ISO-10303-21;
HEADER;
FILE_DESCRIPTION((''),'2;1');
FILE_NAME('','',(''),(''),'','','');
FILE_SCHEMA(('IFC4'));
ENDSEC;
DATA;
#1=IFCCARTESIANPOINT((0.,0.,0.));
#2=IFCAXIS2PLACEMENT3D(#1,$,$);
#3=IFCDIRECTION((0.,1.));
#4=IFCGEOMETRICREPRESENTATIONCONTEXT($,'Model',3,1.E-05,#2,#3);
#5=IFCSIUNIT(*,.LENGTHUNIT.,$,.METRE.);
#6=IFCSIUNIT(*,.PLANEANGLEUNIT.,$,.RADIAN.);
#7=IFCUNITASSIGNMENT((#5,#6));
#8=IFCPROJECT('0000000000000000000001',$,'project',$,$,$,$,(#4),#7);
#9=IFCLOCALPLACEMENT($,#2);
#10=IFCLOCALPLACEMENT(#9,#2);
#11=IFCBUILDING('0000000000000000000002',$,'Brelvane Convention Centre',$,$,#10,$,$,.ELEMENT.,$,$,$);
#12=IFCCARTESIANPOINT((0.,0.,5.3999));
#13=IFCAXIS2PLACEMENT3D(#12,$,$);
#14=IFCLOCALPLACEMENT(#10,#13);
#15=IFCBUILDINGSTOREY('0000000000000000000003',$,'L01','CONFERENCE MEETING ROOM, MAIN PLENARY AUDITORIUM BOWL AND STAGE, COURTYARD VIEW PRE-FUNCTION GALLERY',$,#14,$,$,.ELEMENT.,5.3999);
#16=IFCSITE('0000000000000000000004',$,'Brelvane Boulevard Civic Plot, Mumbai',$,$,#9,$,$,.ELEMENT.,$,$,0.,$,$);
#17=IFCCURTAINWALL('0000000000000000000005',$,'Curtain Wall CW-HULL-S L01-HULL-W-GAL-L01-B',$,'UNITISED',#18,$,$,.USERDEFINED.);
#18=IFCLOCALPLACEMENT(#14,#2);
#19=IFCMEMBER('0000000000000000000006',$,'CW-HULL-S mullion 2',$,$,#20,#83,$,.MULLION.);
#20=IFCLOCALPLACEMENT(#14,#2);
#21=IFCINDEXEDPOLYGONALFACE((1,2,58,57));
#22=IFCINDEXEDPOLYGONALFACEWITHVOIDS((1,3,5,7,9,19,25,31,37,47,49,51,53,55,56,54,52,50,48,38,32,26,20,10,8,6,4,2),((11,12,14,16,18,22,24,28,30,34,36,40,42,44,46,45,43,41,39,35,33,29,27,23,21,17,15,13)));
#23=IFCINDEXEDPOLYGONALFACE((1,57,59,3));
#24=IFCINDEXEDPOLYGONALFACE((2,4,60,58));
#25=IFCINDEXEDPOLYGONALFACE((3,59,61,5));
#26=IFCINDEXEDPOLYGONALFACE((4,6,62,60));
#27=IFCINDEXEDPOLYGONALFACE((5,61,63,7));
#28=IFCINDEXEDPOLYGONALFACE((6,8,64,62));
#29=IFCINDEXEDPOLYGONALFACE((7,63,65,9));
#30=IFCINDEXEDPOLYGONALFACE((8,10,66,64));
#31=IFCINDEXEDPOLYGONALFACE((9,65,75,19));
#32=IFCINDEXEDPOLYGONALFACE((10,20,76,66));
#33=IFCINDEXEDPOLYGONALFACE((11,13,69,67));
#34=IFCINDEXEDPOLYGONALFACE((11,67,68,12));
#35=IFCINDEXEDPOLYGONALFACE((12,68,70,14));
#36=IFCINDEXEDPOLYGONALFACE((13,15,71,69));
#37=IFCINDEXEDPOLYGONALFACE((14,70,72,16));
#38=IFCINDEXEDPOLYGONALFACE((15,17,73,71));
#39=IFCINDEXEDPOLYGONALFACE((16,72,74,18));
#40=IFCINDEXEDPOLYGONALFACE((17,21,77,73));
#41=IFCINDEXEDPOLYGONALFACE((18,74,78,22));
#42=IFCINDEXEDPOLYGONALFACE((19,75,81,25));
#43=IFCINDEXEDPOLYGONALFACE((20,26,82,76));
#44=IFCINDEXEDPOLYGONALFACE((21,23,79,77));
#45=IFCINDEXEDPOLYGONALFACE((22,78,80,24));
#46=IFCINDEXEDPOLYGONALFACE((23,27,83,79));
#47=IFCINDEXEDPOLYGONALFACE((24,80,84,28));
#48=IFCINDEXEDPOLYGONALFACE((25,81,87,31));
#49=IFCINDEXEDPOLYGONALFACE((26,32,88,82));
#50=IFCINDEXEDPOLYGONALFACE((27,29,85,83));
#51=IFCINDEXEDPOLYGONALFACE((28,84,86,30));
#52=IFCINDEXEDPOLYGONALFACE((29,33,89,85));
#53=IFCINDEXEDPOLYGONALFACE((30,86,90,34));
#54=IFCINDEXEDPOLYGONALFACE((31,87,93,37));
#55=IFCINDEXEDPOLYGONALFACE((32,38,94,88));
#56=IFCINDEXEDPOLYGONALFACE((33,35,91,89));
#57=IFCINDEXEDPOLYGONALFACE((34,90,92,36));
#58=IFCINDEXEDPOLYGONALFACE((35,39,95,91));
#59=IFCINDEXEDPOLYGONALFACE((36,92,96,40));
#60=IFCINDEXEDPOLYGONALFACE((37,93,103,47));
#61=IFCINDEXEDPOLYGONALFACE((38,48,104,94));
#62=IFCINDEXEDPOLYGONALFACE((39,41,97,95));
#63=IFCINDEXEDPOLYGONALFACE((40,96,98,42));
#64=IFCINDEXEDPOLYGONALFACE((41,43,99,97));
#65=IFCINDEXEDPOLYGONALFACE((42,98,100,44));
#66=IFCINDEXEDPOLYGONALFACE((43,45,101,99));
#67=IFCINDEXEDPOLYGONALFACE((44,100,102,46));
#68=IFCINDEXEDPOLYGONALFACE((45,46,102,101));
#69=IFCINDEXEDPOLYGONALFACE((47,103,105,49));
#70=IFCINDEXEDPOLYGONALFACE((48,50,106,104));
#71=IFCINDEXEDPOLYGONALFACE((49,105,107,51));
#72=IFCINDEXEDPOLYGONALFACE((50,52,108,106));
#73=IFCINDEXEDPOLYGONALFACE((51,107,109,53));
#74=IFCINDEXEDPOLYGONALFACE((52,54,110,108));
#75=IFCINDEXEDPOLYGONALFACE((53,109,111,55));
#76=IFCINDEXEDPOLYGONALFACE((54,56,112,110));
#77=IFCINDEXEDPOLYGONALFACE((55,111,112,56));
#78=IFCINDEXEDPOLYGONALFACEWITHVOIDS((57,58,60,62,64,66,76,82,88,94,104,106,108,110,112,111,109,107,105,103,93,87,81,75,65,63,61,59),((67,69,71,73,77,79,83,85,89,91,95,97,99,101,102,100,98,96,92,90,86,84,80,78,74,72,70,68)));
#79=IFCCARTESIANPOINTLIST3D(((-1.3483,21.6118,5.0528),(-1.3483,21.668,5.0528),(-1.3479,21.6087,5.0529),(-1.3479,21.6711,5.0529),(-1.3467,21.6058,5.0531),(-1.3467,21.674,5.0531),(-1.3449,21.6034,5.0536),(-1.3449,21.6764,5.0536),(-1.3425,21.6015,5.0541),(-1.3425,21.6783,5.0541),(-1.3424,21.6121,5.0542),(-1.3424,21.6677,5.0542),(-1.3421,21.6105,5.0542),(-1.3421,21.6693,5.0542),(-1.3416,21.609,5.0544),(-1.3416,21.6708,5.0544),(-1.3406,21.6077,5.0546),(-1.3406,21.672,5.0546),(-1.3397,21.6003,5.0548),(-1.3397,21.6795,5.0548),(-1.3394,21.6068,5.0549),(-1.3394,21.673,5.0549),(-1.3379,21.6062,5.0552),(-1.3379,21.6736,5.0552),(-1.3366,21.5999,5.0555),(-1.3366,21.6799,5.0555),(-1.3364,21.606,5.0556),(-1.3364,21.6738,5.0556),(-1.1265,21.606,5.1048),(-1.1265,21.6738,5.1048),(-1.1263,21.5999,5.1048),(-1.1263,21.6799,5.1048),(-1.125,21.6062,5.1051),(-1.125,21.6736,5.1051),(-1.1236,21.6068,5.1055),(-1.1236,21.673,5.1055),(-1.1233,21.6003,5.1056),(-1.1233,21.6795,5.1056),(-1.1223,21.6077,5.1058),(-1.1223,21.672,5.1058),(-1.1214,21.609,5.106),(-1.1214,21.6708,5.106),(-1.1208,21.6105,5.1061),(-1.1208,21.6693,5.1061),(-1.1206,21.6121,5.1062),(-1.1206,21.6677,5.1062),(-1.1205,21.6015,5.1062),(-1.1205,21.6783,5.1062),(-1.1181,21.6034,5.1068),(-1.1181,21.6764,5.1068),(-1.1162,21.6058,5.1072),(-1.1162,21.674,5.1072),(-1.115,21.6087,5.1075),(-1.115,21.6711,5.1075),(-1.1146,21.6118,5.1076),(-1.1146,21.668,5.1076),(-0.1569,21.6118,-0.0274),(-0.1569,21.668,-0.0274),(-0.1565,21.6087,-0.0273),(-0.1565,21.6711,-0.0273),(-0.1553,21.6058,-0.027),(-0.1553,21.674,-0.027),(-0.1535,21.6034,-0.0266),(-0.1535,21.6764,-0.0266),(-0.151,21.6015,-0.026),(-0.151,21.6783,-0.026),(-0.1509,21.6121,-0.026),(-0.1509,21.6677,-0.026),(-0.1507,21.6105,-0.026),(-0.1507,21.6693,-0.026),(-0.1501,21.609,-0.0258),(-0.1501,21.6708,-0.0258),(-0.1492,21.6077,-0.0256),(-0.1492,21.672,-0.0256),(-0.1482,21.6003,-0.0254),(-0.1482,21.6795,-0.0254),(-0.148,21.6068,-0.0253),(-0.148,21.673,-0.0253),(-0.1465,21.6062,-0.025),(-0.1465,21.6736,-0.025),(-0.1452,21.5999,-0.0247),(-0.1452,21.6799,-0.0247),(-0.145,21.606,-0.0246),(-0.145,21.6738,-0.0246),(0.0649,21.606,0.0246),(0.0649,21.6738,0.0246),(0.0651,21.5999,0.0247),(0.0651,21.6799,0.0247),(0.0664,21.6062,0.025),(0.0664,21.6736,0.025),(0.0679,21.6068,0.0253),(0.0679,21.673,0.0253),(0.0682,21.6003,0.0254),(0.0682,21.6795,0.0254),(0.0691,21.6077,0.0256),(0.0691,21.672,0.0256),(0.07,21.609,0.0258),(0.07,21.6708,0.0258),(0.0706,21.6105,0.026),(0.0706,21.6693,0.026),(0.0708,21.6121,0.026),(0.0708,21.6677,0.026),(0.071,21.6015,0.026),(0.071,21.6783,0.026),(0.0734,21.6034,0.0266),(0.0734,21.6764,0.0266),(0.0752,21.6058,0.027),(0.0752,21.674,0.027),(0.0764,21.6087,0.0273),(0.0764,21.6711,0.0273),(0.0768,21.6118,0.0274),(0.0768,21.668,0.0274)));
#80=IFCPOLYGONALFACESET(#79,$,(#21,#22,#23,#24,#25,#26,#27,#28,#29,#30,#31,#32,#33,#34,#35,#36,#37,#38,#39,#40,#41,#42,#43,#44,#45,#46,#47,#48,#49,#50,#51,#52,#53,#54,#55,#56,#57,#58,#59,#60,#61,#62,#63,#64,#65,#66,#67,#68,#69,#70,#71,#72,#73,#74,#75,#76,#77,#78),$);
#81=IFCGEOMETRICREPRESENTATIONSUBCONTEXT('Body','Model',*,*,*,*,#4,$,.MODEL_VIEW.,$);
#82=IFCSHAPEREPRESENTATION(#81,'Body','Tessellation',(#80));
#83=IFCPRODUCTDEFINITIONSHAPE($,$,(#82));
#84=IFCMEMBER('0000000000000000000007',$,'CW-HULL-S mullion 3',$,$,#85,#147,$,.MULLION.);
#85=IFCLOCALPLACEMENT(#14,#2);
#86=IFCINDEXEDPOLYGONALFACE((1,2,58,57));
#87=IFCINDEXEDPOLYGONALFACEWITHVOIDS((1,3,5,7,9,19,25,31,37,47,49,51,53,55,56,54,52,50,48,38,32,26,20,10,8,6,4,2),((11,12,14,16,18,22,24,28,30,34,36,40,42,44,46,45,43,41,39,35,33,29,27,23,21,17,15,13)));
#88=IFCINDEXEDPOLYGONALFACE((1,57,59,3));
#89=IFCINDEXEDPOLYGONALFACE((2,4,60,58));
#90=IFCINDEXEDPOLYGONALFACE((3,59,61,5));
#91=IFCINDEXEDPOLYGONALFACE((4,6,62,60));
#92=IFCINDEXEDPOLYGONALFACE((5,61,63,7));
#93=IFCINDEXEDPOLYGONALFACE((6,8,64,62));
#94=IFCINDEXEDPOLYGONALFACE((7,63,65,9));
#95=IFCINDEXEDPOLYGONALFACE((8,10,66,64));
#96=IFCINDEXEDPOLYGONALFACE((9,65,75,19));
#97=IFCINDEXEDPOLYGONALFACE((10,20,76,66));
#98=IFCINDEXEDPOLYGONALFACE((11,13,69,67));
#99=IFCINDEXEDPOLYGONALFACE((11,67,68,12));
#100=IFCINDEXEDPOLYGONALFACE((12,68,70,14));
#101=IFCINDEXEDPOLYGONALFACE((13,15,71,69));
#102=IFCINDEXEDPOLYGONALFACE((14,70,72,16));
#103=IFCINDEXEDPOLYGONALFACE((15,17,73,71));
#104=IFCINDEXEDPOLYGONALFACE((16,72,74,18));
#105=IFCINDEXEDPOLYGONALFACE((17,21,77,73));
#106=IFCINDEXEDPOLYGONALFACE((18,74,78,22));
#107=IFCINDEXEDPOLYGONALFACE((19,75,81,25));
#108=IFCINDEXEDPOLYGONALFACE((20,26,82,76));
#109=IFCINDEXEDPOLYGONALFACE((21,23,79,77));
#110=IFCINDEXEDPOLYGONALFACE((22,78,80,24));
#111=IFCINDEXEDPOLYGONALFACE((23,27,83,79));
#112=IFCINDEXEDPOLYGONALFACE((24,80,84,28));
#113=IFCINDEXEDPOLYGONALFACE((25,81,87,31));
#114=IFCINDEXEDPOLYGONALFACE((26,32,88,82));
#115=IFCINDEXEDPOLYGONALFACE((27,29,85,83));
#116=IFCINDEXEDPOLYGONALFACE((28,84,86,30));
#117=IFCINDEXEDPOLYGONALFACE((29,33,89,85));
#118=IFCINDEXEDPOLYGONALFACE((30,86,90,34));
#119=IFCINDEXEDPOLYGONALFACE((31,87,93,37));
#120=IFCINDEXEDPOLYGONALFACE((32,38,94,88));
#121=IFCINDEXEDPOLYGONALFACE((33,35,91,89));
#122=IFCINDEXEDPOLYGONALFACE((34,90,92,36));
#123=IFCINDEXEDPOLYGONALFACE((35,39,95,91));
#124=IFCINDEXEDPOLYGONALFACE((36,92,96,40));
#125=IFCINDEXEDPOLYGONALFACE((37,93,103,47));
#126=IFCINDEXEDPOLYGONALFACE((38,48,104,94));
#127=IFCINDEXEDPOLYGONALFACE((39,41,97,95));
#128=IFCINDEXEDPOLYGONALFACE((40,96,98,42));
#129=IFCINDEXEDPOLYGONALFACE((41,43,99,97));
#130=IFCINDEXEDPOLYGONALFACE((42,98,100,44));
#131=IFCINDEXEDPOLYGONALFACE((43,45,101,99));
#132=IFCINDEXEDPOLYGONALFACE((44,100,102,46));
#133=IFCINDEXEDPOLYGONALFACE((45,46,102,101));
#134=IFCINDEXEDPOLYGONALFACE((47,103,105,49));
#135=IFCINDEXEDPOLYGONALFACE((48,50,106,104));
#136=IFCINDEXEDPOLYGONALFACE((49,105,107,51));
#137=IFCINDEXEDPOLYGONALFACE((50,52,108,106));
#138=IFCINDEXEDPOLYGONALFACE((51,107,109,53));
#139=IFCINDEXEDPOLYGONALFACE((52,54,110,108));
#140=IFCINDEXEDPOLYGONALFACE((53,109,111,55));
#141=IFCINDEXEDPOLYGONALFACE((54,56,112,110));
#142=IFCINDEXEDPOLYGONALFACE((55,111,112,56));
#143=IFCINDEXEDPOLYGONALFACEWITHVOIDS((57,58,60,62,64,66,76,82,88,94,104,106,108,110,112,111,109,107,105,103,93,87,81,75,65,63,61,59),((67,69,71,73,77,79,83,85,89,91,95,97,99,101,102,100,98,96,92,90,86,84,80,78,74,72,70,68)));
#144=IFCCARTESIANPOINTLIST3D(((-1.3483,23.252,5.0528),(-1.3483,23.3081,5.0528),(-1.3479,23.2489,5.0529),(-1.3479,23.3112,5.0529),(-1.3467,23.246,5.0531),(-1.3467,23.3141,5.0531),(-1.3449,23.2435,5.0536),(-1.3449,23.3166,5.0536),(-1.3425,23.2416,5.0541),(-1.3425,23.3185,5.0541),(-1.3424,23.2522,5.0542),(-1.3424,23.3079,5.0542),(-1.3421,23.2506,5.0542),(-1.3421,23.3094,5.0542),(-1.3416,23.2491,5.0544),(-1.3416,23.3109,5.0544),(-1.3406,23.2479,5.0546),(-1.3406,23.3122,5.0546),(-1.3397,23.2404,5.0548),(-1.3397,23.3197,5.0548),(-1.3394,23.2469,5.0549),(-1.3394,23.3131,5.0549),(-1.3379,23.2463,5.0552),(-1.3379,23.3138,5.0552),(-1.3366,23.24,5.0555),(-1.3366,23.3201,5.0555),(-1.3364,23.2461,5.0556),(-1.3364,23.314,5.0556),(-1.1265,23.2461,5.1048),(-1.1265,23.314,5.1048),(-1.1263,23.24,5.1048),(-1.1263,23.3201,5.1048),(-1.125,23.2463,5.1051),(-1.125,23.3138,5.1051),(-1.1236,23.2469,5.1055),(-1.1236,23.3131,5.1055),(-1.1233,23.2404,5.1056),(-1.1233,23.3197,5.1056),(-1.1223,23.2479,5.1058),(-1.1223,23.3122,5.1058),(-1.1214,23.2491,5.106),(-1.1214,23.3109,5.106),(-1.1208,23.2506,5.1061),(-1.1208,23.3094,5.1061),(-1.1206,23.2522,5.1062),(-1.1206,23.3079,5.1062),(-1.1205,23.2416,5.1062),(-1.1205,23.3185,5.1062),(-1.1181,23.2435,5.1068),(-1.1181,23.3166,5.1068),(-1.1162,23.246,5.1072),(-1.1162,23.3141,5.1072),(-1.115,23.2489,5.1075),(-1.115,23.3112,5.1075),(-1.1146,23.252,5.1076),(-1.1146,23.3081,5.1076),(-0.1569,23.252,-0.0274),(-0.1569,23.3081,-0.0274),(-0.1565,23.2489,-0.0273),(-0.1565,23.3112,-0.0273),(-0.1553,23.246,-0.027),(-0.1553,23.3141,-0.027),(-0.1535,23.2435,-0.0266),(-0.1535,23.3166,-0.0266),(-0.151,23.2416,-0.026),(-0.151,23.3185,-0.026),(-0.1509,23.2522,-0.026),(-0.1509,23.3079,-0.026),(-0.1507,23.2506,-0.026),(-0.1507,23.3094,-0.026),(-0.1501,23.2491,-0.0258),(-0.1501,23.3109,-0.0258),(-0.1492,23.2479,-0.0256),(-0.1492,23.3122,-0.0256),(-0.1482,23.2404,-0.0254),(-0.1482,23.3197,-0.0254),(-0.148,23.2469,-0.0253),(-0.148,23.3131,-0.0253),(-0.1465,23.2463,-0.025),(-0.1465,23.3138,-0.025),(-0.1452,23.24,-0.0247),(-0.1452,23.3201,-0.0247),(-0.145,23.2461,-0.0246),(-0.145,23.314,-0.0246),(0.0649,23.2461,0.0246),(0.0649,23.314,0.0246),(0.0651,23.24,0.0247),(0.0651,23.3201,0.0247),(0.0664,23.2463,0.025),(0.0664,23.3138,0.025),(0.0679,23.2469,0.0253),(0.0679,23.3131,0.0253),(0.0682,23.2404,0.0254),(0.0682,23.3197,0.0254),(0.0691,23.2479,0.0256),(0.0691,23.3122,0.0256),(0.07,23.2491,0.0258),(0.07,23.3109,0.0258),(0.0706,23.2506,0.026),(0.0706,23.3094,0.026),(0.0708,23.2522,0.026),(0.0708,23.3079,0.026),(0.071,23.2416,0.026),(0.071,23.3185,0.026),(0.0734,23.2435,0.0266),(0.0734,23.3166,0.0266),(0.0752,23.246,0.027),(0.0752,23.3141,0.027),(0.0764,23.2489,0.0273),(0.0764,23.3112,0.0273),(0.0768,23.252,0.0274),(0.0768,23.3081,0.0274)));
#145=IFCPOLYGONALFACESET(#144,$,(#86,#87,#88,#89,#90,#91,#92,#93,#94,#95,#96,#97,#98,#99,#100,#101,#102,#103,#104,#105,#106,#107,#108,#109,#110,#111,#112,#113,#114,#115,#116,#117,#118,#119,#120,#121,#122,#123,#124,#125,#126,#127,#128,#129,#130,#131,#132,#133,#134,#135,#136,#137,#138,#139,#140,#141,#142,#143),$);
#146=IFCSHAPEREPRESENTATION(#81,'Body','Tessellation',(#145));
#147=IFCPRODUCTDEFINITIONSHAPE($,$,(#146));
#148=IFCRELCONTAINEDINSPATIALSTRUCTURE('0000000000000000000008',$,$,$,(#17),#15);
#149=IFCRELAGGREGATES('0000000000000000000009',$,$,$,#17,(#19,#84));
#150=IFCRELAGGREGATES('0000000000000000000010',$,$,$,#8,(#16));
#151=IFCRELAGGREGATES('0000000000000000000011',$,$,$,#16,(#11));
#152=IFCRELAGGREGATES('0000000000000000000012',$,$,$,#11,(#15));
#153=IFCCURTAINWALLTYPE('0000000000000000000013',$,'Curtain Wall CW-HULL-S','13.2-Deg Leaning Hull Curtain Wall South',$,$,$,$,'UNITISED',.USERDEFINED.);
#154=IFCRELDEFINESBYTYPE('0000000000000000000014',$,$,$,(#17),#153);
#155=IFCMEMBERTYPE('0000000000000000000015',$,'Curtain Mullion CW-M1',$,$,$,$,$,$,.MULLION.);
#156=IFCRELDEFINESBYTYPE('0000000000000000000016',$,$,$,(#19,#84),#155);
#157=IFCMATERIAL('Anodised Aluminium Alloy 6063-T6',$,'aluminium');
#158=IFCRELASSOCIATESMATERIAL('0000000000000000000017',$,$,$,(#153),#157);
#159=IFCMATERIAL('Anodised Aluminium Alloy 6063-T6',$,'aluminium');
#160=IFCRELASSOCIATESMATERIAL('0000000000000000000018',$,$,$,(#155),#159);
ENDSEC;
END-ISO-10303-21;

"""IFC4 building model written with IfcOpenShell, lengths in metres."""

from ifc_helpers import new_model, si_unit, direction, frame, origin, origin_2d, place, context, subcontext, project, spatial, hollow_rectangle, extrude, material, material_profile, profile_set, type_object, element, aggregate, save


model = new_model("IFC4")

# Units and contexts
model_context = context("Model", 3, precision=1e-05, world=origin(), true_north=direction((0.0, 1.0)))
body_context = subcontext(model_context, "Body", "Model", "MODEL_VIEW")
ifc_project = project(units=[si_unit("LENGTHUNIT", "METRE"), si_unit("PLANEANGLEUNIT", "RADIAN")], contexts=[model_context])

# Site, building, storey
site_placement = place(None, origin())
site = spatial("IfcSite", under=ifc_project, at=site_placement, Name="Brelvane Boulevard Civic Plot, Mumbai", CompositionType="ELEMENT", RefElevation=0.0)
building_placement = place(site_placement, origin())
building = spatial("IfcBuilding", under=site, at=building_placement, Name="Brelvane Convention Centre", CompositionType="ELEMENT")
storey_placement = place(building_placement, frame((0.0, 0.0, 5.3999)))
storey = spatial("IfcBuildingStorey", under=building, at=storey_placement, Name="L01", Description="CONFERENCE MEETING ROOM, MAIN PLENARY AUDITORIUM BOWL AND STAGE, COURTYARD VIEW PRE-FUNCTION GALLERY", CompositionType="ELEMENT", Elevation=5.3999)

# Shared definitions
ifc_material_1 = material(Name="Anodised Aluminium Alloy 6063-T6", Category="aluminium")
curtain_wall_type = type_object("IfcCurtainWallType", Name="Curtain Wall CW-HULL-S", Description="13.2-Deg Leaning Hull Curtain Wall South", ElementType="UNITISED", PredefinedType="USERDEFINED", material=ifc_material_1)
ifc_material_2 = material(Name="Anodised Aluminium Alloy 6063-T6", Category="aluminium")
ifc_material_profile_1 = material_profile(ifc_material_2, hollow_rectangle(XDim=0.0801, YDim=0.24, WallThickness=0.0061, InnerFilletRadius=0.0061, OuterFilletRadius=0.012, at=origin_2d()), Name="ALU-M 240x80x6.0")
ifc_profile_set_1 = profile_set([ifc_material_profile_1], Name="Anodised Aluminium Alloy 6063-T6")
member_type_1 = type_object("IfcMemberType", Name="Curtain Mullion CW-M1", PredefinedType="MULLION", material=ifc_profile_set_1)

# Curtain wall, members
curtain_wall_1_placement = place(storey_placement, origin())
curtain_wall_1 = element("IfcCurtainWall", 1, at=curtain_wall_1_placement, inside=storey, type_object=curtain_wall_type, Name="Curtain Wall CW-HULL-S L01-HULL-W-GAL-L01-B", ObjectType="UNITISED", PredefinedType="USERDEFINED")
member_1_placement = place(storey_placement, frame((-0.04, 21.6399, 0.0), z_axis=(-0.22833, 0.0, 0.973584), x_axis=(0.0, -1.0, 0.0)))
member_1 = element("IfcMember", 2, at=member_1_placement, type_object=member_type_1, Name="CW-HULL-S mullion 2", PredefinedType="MULLION", context=body_context, shape_type="SweptSolid", body=[
    extrude(hollow_rectangle(XDim=0.0801, YDim=0.24, WallThickness=0.0061, InnerFilletRadius=0.0061, OuterFilletRadius=0.012, at=origin_2d()), origin(), (0.0, 0.0, 1.0), 5.218),
])
member_2_placement = place(storey_placement, frame((-0.04, 23.28, 0.0), z_axis=(-0.22833, 0.0, 0.973584), x_axis=(0.0, -1.0, 0.0)))
member_2 = element("IfcMember", 3, at=member_2_placement, type_object=member_type_1, Name="CW-HULL-S mullion 3", PredefinedType="MULLION", context=body_context, shape_type="SweptSolid", body=[
    extrude(hollow_rectangle(XDim=0.0801, YDim=0.24, WallThickness=0.0061, InnerFilletRadius=0.0061, OuterFilletRadius=0.012, at=origin_2d()), origin(), (0.0, 0.0, 1.0), 5.218),
])

aggregate(curtain_wall_1, [member_1, member_2])

save(model, "model.ifc")
